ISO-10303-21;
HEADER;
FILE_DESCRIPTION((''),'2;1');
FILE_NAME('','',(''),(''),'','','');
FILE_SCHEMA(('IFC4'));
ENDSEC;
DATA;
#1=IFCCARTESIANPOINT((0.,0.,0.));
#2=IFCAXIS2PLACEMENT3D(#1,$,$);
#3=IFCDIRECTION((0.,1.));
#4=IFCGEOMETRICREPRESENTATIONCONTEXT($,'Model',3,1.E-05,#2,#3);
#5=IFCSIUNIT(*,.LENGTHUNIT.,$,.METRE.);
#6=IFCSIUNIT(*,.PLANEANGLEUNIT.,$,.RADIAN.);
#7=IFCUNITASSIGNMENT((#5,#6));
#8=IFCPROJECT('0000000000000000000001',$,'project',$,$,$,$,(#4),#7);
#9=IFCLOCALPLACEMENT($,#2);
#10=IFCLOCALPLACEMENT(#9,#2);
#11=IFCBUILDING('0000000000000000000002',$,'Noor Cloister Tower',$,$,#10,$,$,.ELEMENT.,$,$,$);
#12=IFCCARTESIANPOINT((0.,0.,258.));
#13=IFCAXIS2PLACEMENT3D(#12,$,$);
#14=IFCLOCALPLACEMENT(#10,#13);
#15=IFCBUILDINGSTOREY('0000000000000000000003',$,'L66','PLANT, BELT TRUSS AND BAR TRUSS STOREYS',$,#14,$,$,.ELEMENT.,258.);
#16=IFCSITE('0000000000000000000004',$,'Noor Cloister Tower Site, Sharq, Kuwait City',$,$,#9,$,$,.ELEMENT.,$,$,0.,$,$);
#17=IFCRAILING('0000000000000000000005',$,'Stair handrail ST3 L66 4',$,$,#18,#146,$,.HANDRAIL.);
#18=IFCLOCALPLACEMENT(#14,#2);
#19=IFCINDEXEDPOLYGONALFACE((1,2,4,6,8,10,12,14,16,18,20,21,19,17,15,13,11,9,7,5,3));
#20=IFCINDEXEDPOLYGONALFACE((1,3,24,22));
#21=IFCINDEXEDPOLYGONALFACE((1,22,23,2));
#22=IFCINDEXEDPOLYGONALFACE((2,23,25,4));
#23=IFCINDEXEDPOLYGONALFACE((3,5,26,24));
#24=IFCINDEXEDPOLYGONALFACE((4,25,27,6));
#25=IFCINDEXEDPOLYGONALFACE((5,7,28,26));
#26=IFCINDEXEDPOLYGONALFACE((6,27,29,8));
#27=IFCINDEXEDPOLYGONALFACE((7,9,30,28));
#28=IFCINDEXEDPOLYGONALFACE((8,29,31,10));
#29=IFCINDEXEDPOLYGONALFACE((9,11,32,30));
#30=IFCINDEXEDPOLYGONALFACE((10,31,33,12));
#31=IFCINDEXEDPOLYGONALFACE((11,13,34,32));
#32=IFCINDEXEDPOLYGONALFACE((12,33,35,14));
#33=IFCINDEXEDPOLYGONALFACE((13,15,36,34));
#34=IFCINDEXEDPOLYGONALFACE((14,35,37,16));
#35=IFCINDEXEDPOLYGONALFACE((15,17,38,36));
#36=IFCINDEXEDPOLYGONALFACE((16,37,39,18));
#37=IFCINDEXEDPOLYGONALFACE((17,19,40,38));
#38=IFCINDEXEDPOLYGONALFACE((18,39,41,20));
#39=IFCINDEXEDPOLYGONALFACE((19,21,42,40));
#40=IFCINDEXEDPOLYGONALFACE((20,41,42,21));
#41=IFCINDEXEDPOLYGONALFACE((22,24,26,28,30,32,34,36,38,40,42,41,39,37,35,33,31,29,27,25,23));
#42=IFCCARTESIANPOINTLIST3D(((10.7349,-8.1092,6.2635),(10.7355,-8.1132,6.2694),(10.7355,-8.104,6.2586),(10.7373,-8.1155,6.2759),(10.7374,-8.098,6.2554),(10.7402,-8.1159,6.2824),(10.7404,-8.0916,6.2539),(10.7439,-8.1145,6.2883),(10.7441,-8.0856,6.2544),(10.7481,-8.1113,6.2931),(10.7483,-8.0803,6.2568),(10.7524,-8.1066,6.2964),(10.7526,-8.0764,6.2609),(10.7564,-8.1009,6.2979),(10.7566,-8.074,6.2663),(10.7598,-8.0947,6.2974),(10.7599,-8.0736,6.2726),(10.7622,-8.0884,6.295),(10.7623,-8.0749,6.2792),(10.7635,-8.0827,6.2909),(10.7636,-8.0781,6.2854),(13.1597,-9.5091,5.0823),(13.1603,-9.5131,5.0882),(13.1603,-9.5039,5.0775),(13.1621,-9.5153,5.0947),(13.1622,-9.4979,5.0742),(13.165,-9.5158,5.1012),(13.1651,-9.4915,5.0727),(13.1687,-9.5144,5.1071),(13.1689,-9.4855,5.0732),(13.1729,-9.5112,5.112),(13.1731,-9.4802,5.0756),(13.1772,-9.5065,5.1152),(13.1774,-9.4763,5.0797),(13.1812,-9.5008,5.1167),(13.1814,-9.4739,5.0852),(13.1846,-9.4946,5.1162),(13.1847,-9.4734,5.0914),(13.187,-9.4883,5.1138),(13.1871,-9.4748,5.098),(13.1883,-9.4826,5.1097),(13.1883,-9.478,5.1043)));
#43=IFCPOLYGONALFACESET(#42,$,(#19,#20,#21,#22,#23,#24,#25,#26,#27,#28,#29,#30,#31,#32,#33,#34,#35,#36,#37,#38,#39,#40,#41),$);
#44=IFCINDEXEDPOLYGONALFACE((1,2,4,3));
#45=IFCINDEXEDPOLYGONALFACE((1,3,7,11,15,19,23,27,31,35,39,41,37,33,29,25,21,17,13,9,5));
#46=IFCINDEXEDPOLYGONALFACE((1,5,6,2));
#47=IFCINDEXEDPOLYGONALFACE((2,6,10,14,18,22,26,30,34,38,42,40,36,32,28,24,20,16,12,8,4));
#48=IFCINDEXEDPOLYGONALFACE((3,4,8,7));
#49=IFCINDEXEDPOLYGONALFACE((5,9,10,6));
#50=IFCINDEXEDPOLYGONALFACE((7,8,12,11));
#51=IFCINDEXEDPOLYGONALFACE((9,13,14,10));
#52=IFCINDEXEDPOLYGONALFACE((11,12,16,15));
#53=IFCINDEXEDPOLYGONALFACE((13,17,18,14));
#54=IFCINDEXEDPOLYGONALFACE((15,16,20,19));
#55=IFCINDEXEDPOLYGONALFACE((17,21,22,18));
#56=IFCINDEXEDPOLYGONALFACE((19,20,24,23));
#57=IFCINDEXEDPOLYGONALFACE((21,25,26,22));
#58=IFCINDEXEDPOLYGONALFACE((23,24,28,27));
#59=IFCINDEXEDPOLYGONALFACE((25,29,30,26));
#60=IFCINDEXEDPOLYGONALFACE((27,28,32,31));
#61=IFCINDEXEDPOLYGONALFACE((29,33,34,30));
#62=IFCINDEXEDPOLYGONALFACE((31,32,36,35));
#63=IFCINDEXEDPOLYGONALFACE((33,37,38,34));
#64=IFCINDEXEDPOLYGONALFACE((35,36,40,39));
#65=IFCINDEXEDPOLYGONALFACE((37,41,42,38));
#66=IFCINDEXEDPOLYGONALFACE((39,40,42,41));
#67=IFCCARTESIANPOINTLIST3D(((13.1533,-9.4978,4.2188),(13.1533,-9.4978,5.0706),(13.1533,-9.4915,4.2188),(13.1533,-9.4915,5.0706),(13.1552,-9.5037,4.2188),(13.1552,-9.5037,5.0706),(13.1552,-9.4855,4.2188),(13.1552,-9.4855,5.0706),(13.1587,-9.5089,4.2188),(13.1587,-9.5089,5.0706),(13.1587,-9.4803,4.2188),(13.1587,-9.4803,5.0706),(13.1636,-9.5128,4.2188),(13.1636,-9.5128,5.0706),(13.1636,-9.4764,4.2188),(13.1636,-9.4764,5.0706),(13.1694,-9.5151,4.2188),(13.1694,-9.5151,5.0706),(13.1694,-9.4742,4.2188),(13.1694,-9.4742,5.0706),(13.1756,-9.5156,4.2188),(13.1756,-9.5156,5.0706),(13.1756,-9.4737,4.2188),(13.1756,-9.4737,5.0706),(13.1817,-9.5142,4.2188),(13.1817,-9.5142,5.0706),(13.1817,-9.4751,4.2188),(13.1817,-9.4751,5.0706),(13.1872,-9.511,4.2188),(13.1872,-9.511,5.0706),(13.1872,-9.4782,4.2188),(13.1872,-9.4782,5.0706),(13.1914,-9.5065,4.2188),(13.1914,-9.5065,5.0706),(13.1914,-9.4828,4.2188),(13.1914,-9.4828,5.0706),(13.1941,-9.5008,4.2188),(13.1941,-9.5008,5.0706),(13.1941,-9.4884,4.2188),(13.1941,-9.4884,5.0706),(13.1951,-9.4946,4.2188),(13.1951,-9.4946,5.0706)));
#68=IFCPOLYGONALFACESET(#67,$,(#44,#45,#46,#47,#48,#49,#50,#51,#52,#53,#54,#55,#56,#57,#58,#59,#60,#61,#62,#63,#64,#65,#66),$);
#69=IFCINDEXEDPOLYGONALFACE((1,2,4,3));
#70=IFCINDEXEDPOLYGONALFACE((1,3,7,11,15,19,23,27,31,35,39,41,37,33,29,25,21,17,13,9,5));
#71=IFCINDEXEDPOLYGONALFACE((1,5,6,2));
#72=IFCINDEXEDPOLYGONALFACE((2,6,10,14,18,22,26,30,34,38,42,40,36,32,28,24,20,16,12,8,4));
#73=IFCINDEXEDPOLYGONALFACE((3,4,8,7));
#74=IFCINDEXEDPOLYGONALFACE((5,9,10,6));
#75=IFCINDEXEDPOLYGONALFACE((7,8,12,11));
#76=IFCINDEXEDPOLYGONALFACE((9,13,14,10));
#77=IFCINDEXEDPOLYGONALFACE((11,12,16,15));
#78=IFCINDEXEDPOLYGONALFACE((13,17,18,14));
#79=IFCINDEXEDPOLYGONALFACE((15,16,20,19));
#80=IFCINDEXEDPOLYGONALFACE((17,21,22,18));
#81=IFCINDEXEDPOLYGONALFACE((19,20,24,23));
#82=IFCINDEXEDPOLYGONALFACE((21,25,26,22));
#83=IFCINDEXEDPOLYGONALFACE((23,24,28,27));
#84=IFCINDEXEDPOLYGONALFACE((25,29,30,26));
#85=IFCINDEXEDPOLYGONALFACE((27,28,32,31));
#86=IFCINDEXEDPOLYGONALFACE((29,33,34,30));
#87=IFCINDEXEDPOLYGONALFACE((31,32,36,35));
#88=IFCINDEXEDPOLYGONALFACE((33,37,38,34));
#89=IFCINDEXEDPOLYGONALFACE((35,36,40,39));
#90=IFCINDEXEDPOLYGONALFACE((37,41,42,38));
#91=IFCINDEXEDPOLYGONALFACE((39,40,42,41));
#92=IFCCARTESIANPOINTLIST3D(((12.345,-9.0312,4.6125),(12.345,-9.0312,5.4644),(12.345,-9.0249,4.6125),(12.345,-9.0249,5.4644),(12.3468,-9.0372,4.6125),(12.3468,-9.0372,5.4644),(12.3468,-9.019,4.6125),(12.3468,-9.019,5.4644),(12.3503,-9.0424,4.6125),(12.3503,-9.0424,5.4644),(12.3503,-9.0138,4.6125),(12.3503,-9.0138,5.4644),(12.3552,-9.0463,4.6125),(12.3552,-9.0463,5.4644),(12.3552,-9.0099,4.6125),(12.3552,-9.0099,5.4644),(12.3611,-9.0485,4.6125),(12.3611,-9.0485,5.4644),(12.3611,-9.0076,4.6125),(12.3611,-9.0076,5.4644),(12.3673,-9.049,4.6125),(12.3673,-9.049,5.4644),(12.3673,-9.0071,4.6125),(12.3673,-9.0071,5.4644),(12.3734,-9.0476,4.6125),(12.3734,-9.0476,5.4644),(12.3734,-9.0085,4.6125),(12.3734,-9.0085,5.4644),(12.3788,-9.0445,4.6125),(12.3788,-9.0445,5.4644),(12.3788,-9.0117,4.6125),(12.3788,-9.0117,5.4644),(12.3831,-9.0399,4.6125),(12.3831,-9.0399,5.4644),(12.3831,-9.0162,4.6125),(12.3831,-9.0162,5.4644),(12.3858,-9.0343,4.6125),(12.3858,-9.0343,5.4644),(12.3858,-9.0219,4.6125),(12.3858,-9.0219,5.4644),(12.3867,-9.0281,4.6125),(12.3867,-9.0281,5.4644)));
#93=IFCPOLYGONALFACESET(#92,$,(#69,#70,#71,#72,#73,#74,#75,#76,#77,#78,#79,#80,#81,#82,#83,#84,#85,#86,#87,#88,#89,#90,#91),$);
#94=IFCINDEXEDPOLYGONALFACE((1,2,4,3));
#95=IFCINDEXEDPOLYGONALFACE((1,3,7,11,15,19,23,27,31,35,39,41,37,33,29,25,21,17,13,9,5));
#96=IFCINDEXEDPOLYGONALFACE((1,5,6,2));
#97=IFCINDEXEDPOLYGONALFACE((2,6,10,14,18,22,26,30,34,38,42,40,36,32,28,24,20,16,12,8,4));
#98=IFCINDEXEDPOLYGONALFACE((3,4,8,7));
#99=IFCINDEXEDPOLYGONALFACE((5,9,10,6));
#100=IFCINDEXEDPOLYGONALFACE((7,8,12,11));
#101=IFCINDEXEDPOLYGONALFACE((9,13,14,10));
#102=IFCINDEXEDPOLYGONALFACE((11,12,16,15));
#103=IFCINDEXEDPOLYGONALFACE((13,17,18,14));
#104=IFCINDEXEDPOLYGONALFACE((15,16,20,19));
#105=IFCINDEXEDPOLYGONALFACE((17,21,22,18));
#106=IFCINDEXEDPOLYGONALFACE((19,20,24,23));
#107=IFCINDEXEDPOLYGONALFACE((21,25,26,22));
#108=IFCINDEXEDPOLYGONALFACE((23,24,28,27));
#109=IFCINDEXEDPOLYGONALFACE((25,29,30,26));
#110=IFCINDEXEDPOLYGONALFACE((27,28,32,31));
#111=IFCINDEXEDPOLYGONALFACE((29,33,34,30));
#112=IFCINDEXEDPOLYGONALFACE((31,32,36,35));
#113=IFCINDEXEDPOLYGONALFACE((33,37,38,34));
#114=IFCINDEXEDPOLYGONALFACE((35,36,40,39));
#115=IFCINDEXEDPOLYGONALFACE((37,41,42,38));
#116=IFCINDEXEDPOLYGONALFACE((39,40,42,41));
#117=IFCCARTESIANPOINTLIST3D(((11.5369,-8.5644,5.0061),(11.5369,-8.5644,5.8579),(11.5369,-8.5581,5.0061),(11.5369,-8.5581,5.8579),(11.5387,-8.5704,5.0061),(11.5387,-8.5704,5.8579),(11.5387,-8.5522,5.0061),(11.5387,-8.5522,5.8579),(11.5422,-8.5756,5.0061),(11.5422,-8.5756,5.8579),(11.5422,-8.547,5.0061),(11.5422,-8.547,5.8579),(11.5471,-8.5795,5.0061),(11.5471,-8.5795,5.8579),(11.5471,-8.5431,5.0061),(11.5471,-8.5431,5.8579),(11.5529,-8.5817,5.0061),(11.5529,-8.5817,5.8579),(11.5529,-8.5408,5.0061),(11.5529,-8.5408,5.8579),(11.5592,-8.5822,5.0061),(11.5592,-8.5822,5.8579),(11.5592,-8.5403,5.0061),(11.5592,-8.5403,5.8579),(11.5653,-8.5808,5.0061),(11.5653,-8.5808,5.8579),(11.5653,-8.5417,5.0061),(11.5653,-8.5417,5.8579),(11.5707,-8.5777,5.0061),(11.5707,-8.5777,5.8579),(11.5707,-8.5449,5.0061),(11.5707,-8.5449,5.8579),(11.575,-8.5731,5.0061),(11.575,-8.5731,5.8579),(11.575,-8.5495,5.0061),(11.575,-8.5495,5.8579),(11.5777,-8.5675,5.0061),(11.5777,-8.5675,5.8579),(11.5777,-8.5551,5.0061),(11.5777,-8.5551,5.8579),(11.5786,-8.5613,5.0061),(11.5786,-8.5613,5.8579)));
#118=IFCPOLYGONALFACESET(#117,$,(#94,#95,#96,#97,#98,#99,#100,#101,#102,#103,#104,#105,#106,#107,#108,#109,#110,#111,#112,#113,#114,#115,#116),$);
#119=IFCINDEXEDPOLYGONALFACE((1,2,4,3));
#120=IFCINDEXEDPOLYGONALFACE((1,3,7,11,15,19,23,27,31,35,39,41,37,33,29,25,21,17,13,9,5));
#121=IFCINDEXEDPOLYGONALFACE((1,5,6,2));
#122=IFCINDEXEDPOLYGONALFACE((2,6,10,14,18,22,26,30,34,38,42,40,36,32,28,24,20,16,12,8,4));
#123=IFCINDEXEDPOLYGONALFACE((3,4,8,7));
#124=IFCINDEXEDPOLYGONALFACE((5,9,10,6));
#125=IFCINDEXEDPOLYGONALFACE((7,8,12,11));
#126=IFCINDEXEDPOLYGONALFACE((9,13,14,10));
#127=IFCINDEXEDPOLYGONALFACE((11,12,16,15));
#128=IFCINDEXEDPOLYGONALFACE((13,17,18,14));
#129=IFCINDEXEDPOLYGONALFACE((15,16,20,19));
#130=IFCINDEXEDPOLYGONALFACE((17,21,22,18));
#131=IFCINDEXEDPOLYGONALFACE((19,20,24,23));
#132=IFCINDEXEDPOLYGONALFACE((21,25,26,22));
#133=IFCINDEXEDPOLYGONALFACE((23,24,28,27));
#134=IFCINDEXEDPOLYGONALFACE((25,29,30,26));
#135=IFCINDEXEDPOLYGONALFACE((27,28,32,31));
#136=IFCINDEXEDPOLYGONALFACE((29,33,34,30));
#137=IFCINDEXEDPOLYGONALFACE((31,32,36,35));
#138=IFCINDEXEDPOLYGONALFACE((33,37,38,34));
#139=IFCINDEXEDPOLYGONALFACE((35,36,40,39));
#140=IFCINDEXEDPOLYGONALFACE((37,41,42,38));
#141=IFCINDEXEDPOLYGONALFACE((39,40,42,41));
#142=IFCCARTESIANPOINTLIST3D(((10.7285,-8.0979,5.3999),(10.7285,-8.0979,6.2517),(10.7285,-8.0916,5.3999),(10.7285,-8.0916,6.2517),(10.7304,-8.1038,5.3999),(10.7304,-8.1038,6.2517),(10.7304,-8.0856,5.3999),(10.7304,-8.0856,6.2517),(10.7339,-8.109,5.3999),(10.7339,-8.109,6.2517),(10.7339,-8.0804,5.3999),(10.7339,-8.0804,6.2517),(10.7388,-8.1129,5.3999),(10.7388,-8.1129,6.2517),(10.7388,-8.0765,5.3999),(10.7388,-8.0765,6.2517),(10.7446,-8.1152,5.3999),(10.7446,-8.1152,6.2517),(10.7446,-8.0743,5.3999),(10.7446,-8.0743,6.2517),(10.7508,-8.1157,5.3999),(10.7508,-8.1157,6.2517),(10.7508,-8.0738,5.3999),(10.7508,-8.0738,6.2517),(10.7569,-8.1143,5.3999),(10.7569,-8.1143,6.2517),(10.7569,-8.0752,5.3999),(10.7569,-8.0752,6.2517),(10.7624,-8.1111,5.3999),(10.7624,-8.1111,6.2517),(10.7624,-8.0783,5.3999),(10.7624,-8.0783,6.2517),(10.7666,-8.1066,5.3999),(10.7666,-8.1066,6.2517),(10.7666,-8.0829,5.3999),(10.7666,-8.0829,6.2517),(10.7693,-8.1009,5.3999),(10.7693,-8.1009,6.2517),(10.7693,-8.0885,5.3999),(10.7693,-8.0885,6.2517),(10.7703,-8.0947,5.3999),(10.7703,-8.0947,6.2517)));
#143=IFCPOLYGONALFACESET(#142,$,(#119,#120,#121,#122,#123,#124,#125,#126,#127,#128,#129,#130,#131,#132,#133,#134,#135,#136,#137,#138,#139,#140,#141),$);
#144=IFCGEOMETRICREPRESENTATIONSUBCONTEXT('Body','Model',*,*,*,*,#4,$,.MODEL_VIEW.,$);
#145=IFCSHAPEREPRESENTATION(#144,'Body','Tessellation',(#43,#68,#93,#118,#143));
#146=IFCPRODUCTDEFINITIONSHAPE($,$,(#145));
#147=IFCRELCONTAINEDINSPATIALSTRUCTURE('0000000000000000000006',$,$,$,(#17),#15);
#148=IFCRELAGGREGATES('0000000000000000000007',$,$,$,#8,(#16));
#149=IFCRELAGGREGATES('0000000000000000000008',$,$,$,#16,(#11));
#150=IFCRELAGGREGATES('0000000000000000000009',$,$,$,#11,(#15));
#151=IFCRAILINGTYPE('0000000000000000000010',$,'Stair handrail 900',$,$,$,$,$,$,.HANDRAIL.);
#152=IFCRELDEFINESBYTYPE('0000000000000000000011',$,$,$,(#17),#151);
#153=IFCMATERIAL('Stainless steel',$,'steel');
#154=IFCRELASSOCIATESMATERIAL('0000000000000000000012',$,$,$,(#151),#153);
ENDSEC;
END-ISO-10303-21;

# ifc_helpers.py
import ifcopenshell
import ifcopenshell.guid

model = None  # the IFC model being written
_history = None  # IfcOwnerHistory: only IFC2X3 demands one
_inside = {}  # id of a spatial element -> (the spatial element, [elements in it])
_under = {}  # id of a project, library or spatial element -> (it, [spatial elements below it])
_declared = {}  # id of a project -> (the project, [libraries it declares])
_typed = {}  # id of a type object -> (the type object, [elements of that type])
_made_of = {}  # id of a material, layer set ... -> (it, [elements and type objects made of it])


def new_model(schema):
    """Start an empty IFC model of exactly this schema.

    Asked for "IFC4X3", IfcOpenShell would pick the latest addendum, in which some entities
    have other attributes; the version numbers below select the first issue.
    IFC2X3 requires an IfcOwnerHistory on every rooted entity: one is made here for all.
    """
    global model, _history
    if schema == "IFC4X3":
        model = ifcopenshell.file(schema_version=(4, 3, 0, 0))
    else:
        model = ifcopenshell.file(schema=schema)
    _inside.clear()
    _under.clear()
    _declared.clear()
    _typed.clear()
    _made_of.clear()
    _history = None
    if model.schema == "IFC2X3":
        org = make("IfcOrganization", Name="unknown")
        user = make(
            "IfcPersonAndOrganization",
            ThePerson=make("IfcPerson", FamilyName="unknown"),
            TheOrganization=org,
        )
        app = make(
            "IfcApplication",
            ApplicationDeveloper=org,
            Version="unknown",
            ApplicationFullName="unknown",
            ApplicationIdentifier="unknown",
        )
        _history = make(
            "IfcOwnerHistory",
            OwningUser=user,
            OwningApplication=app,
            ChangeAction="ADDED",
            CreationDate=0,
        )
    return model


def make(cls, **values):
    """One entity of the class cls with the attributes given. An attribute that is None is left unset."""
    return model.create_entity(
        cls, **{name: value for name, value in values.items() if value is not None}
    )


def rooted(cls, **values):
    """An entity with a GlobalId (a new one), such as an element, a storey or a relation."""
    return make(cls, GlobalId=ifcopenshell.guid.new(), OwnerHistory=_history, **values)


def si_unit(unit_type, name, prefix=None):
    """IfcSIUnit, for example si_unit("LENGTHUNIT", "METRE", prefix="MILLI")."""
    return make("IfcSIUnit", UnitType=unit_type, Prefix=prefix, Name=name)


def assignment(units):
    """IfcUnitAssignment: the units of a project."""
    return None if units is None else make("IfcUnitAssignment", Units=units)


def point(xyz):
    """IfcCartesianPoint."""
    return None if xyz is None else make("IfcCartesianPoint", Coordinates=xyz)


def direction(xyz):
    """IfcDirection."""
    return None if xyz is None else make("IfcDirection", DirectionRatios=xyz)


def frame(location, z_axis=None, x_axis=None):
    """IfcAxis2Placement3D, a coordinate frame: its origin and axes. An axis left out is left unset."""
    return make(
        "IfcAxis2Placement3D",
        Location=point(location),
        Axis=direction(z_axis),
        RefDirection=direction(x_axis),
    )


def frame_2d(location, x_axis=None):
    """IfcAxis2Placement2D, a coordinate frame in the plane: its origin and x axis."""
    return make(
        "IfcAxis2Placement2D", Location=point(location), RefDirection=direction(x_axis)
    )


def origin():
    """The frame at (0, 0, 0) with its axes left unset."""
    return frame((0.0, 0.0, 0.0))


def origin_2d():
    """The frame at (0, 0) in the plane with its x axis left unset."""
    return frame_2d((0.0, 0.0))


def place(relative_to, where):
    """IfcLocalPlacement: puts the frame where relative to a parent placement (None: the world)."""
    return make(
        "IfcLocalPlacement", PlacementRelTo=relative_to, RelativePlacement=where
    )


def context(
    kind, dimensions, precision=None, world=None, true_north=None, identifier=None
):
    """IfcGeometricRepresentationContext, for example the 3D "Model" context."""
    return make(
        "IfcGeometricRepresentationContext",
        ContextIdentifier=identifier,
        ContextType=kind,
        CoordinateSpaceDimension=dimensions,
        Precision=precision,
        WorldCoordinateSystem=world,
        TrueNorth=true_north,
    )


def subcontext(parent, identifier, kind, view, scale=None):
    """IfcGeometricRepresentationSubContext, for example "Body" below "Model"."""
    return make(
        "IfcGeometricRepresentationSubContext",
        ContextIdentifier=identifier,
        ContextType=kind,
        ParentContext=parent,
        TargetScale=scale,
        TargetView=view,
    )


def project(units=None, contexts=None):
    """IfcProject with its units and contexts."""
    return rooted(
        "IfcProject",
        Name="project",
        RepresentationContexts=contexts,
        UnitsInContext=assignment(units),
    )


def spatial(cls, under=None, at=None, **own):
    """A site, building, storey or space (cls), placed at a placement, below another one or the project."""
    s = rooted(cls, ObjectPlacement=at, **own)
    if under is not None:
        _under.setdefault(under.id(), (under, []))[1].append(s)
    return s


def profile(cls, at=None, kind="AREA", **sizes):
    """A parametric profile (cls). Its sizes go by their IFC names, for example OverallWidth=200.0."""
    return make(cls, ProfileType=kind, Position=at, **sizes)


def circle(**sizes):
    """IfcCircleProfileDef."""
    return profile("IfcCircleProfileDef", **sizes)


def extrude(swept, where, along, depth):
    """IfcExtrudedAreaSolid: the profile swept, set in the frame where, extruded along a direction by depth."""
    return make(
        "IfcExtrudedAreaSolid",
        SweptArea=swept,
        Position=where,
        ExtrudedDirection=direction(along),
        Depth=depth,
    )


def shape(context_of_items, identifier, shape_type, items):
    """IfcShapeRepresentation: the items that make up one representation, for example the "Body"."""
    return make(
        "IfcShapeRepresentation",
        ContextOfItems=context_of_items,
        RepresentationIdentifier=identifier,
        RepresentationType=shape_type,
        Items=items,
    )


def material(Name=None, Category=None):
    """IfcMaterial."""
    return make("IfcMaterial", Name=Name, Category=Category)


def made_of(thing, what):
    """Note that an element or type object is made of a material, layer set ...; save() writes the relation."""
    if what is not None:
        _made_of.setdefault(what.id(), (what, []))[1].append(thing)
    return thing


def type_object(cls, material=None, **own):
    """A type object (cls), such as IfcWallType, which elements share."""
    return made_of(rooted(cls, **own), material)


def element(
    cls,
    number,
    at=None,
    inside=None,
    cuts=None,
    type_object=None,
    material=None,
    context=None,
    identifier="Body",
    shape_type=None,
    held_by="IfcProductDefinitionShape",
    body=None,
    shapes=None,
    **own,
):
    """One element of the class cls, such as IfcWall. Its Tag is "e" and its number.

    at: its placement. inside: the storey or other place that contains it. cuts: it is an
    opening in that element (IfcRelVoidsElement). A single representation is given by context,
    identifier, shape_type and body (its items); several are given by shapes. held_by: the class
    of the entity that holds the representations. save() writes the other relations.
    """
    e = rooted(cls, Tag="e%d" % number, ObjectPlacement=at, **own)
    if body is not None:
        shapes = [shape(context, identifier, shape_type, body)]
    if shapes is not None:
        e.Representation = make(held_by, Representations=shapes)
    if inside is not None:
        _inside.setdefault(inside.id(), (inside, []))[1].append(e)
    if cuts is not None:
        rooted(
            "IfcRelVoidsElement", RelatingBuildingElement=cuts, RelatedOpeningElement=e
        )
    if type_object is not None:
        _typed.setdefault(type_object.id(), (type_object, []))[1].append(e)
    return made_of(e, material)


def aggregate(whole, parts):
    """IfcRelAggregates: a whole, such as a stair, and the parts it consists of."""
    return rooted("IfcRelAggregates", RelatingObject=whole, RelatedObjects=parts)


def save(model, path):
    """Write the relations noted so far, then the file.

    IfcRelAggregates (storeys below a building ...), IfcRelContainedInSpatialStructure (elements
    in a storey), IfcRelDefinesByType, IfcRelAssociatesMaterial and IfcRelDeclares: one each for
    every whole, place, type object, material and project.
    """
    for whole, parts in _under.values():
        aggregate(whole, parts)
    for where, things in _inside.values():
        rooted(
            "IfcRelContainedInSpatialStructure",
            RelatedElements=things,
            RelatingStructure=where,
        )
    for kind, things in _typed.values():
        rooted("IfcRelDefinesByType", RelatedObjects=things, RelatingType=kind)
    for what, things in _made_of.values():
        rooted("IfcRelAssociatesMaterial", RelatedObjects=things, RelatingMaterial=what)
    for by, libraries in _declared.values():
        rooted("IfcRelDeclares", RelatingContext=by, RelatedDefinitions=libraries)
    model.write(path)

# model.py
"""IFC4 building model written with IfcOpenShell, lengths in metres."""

from ifc_helpers import new_model, si_unit, direction, frame, origin, origin_2d, place, context, subcontext, project, spatial, circle, extrude, material, type_object, element, save


model = new_model("IFC4")

# Units and contexts
model_context = context("Model", 3, precision=1e-05, world=origin(), true_north=direction((0.0, 1.0)))
body_context = subcontext(model_context, "Body", "Model", "MODEL_VIEW")
ifc_project = project(units=[si_unit("LENGTHUNIT", "METRE"), si_unit("PLANEANGLEUNIT", "RADIAN")], contexts=[model_context])

# Site, building, storey
site_placement = place(None, origin())
site = spatial("IfcSite", under=ifc_project, at=site_placement, Name="Noor Cloister Tower Site, Sharq, Kuwait City", CompositionType="ELEMENT", RefElevation=0.0)
building_placement = place(site_placement, origin())
building = spatial("IfcBuilding", under=site, at=building_placement, Name="Noor Cloister Tower", CompositionType="ELEMENT")
storey_placement = place(building_placement, frame((0.0, 0.0, 258.0)))
storey = spatial("IfcBuildingStorey", under=building, at=storey_placement, Name="L66", Description="PLANT, BELT TRUSS AND BAR TRUSS STOREYS", CompositionType="ELEMENT", Elevation=258.0)

# Railing
ifc_material_1 = material(Name="Stainless steel", Category="steel")
railing_type_1 = type_object("IfcRailingType", Name="Stair handrail 900", PredefinedType="HANDRAIL", material=ifc_material_1)
railing_1_placement = place(storey_placement, frame((13.1741, -9.4946, 4.2188)))
element("IfcRailing", 1, at=railing_1_placement, inside=storey, type_object=railing_type_1, Name="Stair handrail ST3 L66 4", PredefinedType="HANDRAIL", context=body_context, shape_type="SweptSolid", body=[
    extrude(circle(Radius=0.0239, at=origin_2d()), frame((0.0, 0.0, 0.876), z_axis=(-0.797939, 0.460671, 0.388686), x_axis=(-0.499984, -0.866035, 0.0)), (0.0, 0.0, 1.0), 3.0388),
    extrude(circle(Radius=0.021, at=origin_2d()), origin(), (0.0, 0.0, 1.0), 0.8518),
    extrude(circle(Radius=0.021, at=origin_2d()), frame((-0.8083, 0.4666, 0.3938)), (0.0, 0.0, 1.0), 0.8518),
    extrude(circle(Radius=0.021, at=origin_2d()), frame((-1.6165, 0.9333, 0.7874)), (0.0, 0.0, 1.0), 0.8518),
    extrude(circle(Radius=0.021, at=origin_2d()), frame((-2.4248, 1.3999, 1.1812)), (0.0, 0.0, 1.0), 0.8518),
])

save(model, "model.ifc")
